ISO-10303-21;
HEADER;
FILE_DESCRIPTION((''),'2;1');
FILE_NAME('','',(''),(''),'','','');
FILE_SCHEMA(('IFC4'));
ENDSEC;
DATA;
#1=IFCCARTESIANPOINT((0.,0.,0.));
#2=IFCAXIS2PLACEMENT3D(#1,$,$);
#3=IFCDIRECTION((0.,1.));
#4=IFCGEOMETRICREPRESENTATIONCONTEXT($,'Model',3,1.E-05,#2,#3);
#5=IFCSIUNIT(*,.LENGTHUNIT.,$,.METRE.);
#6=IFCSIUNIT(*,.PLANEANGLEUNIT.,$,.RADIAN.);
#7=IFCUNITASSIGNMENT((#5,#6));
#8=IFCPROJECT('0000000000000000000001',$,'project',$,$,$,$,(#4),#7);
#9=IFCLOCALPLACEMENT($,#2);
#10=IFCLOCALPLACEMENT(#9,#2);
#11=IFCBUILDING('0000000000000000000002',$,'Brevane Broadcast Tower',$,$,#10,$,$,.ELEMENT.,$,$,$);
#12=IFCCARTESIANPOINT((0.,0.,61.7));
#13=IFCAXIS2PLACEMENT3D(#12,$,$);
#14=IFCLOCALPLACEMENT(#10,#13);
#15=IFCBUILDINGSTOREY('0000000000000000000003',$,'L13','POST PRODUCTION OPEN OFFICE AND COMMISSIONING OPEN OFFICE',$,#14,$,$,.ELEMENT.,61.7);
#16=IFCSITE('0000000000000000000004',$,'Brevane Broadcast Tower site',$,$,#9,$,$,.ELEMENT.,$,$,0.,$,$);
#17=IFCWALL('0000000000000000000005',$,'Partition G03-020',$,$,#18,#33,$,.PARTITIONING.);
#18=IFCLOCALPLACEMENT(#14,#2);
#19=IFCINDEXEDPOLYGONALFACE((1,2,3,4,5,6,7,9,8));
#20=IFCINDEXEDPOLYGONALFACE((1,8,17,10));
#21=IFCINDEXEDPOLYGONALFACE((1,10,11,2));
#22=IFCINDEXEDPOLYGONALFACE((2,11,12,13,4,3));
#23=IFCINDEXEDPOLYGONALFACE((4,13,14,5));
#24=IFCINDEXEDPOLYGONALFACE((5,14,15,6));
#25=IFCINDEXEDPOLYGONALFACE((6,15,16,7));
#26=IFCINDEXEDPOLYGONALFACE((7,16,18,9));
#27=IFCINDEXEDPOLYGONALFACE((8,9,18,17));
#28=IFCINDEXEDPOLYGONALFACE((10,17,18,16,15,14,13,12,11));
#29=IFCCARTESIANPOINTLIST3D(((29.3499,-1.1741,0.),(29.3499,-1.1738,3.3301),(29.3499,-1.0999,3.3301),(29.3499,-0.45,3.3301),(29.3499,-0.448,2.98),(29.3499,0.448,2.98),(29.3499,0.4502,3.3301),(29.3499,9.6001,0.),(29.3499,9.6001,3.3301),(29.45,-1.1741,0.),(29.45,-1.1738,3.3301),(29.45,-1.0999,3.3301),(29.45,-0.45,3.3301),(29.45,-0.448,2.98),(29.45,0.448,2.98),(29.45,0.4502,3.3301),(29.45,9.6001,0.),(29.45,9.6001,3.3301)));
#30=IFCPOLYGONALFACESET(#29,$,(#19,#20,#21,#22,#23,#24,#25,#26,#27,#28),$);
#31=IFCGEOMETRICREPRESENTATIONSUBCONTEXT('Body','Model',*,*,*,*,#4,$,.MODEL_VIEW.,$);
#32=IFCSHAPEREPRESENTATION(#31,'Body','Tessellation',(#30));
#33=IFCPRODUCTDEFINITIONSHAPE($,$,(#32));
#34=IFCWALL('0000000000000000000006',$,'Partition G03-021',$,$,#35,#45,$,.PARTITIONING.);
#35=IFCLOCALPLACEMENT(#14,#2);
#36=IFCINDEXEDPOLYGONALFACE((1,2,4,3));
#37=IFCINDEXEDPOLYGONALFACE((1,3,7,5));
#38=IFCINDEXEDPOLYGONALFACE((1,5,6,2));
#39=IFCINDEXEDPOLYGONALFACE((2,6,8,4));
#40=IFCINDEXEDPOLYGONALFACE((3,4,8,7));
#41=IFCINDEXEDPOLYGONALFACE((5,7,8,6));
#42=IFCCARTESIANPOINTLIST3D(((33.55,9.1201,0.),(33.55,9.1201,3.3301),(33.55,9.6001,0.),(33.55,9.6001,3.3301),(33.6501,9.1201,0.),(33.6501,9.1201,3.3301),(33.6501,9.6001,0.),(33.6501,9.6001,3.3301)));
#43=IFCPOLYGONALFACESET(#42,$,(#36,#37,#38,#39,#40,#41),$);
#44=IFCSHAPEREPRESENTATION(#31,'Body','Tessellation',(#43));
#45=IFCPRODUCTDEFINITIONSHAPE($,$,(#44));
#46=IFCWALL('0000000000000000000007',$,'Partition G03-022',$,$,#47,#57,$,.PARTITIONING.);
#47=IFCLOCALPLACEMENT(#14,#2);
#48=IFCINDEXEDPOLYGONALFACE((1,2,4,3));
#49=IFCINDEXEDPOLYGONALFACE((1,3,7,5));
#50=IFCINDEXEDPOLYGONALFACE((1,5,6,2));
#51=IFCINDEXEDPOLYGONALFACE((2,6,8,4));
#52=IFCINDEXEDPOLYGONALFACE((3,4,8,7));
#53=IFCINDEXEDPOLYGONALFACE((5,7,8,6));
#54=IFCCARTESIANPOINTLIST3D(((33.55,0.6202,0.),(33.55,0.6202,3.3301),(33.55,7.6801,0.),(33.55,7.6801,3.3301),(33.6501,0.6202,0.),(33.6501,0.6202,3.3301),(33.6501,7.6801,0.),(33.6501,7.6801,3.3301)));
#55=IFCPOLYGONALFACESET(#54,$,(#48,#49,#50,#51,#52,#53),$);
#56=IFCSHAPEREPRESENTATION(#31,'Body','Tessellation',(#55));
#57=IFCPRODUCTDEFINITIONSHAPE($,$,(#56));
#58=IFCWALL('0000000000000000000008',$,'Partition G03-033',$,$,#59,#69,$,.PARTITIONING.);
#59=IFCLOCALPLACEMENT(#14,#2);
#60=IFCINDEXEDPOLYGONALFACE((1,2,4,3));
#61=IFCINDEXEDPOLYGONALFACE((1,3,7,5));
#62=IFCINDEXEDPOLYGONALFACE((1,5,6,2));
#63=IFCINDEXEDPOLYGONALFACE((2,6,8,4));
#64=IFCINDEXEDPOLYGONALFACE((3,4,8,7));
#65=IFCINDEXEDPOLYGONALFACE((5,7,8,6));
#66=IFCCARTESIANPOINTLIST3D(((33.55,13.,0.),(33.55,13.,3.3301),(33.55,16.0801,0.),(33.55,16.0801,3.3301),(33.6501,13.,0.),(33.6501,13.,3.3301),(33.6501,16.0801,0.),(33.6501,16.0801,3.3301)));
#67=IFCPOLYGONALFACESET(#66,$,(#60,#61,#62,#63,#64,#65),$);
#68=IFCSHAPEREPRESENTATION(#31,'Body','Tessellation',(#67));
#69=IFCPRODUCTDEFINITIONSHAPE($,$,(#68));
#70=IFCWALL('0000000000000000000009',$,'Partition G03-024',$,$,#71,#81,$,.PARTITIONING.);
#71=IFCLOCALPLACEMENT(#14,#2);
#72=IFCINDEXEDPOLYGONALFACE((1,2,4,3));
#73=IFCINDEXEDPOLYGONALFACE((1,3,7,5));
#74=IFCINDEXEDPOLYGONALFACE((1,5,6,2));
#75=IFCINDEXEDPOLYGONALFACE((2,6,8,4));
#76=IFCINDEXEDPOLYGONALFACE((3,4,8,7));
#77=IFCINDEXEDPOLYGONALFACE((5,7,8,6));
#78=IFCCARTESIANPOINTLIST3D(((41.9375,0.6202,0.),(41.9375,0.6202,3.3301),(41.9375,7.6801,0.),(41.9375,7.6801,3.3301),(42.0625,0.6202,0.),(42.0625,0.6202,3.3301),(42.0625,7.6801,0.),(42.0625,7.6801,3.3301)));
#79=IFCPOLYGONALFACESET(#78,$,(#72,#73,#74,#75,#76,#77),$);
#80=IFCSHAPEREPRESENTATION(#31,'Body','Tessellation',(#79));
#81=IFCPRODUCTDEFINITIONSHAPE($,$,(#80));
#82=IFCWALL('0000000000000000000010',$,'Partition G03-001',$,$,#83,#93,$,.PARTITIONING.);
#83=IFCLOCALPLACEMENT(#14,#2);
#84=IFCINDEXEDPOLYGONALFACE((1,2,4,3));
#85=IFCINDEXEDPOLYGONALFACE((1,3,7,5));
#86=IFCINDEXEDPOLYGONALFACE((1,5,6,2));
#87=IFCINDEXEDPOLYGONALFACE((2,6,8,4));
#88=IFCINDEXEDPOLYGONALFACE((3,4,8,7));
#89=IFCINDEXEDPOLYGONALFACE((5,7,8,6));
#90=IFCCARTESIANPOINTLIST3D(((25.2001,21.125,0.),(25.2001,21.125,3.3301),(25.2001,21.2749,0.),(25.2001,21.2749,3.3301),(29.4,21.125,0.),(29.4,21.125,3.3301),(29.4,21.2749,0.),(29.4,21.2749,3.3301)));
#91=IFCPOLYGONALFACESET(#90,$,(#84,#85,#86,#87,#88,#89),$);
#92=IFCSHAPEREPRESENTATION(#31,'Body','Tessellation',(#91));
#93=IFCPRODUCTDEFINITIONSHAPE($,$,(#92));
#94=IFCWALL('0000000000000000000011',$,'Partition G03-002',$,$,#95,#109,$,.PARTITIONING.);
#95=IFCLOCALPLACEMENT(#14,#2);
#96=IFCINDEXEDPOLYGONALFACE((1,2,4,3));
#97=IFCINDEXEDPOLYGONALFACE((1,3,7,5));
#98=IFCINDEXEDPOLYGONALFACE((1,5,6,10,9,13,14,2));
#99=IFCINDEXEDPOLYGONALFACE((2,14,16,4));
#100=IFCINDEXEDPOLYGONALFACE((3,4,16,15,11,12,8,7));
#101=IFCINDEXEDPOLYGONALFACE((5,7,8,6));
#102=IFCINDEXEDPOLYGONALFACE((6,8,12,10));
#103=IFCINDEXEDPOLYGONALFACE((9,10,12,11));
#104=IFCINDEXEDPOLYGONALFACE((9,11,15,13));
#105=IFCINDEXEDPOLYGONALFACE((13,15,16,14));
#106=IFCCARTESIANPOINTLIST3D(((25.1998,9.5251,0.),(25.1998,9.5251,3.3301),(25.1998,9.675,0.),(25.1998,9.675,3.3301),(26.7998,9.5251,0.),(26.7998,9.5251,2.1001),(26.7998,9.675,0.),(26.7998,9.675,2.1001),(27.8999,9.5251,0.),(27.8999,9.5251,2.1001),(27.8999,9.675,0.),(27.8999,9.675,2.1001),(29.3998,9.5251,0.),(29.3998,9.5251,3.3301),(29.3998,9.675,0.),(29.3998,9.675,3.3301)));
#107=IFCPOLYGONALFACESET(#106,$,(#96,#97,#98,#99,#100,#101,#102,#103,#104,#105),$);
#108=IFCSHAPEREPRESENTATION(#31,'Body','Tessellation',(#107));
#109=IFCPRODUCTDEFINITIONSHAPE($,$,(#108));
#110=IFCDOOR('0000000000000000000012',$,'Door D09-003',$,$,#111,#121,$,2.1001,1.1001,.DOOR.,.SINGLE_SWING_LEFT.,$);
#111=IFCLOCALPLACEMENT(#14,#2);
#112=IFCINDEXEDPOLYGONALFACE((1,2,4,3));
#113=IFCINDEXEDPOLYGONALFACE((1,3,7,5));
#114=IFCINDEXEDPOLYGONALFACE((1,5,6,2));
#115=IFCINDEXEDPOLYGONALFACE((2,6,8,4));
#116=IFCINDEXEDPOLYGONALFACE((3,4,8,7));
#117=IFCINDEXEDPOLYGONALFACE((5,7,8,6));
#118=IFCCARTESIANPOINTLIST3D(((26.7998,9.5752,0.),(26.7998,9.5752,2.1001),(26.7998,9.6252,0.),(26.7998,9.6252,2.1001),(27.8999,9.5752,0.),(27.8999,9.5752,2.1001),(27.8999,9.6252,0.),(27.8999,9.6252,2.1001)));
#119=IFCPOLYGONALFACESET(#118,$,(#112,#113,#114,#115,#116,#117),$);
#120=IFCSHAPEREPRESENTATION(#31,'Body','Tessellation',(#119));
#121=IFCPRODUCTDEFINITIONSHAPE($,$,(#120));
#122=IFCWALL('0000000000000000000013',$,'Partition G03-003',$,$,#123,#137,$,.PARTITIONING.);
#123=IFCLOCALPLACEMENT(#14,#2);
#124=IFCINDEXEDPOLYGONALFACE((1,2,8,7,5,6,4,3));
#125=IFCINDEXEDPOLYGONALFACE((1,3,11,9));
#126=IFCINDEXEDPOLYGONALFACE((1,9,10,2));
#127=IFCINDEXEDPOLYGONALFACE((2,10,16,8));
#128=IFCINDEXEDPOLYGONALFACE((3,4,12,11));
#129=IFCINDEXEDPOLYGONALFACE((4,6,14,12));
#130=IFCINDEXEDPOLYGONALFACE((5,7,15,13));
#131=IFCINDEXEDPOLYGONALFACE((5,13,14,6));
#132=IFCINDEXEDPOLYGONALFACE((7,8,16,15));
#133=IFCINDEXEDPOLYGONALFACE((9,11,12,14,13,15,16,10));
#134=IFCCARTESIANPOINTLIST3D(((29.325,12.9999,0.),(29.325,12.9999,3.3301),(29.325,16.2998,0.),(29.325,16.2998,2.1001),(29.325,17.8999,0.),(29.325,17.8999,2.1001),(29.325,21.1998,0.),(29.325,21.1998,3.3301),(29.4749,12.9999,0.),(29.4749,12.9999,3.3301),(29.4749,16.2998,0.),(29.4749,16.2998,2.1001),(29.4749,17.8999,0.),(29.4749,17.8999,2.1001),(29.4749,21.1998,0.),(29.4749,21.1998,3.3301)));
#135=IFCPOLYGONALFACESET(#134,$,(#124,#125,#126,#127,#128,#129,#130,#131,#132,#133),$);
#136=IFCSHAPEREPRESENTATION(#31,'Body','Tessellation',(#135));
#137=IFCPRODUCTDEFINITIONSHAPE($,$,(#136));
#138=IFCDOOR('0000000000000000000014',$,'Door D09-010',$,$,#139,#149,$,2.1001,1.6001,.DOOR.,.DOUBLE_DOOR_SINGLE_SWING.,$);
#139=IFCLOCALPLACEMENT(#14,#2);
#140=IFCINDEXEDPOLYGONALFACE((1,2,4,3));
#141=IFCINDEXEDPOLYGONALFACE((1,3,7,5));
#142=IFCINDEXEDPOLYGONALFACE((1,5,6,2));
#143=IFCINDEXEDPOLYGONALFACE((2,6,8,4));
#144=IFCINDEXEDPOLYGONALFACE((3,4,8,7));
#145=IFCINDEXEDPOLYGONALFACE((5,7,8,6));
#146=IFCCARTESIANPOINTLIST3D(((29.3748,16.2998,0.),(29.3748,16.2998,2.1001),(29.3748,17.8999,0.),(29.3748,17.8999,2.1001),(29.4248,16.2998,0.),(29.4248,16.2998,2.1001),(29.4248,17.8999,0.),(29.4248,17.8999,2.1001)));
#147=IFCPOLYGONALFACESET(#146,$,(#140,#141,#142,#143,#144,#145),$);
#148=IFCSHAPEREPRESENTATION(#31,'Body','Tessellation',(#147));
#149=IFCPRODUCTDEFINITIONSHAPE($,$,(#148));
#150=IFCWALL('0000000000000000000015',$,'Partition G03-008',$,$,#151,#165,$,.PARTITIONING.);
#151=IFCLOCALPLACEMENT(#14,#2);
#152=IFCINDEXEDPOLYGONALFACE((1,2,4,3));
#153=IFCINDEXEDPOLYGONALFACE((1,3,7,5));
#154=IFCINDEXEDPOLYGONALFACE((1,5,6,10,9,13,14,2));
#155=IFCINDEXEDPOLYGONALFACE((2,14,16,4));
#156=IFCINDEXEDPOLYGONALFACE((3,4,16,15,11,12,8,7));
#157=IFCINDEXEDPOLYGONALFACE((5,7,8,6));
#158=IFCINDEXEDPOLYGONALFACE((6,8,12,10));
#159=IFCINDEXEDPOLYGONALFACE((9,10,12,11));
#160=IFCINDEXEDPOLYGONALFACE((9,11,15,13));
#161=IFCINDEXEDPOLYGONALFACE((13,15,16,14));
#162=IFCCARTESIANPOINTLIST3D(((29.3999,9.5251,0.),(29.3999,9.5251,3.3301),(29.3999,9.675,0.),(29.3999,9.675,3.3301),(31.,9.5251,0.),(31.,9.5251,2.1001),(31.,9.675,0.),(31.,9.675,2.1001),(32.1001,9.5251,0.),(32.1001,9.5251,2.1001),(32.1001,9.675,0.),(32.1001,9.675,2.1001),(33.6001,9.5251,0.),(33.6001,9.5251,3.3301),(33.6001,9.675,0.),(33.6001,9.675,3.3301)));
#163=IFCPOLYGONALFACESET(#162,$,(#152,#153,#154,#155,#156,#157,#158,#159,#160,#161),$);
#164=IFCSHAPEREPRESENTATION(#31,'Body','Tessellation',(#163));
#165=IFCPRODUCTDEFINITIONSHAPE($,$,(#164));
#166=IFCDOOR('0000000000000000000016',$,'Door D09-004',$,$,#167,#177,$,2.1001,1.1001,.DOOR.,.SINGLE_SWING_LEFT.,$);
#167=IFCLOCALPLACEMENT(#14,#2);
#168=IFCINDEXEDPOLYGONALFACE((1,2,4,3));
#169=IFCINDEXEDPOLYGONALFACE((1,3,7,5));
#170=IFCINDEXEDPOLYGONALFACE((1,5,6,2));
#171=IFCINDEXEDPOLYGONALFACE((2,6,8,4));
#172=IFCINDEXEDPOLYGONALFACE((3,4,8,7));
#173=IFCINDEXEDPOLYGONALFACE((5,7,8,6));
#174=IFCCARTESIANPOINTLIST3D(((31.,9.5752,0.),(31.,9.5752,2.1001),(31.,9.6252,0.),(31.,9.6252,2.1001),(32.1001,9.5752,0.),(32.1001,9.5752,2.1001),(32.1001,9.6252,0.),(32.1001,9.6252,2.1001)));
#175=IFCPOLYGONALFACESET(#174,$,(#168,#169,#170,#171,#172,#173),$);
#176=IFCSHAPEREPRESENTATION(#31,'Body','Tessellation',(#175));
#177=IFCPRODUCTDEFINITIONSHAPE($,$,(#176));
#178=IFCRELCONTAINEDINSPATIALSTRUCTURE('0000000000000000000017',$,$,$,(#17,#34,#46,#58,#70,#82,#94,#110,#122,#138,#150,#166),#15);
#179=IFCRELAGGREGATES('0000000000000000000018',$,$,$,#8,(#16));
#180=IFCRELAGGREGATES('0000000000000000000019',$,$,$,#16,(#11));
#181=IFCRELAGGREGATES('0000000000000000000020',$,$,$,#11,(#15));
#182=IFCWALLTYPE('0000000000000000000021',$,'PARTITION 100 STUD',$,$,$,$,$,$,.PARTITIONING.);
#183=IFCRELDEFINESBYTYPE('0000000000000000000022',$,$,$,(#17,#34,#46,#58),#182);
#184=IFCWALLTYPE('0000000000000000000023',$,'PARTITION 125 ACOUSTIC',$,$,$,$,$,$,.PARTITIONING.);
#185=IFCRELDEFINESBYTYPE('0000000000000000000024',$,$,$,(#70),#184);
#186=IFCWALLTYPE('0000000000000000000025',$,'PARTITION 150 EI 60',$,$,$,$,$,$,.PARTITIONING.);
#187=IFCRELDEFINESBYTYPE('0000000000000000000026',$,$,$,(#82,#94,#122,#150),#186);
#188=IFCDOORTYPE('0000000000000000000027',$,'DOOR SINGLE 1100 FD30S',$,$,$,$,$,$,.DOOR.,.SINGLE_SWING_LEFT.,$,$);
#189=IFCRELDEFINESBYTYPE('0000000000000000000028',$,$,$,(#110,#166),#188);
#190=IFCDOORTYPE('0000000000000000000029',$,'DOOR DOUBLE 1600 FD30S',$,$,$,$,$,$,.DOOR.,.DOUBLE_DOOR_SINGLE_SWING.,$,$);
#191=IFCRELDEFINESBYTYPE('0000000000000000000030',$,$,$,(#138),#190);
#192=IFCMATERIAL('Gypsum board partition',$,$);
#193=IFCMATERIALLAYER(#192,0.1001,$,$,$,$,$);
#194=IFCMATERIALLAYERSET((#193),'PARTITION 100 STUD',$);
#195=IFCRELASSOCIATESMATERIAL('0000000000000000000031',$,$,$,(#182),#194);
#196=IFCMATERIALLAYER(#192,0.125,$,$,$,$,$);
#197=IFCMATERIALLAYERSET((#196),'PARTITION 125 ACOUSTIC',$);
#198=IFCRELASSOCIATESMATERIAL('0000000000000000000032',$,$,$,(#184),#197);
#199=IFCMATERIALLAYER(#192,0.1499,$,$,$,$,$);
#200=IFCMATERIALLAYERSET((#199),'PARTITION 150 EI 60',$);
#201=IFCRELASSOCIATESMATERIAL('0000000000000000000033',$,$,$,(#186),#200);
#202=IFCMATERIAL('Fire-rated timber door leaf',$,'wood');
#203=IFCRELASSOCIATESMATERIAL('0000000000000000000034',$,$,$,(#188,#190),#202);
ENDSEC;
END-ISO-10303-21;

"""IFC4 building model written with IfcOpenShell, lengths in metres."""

from ifc_helpers import new_model, si_unit, direction, frame, frame_2d, origin, place, context, subcontext, project, spatial, polyline, rectangle, outline, extrude, material, layer, layer_set, type_object, element, fill, save


model = new_model("IFC4")

# Units and contexts
model_context = context("Model", 3, precision=1e-05, world=origin(), true_north=direction((0.0, 1.0)))
body_context = subcontext(model_context, "Body", "Model", "MODEL_VIEW")
ifc_project = project(units=[si_unit("LENGTHUNIT", "METRE"), si_unit("PLANEANGLEUNIT", "RADIAN")], contexts=[model_context])

# Site, building, storey
site_placement = place(None, origin())
site = spatial("IfcSite", under=ifc_project, at=site_placement, Name="Brevane Broadcast Tower site", CompositionType="ELEMENT", RefElevation=0.0)
building_placement = place(site_placement, origin())
building = spatial("IfcBuilding", under=site, at=building_placement, Name="Brevane Broadcast Tower", CompositionType="ELEMENT")
storey_placement = place(building_placement, frame((0.0, 0.0, 61.7)))
storey = spatial("IfcBuildingStorey", under=building, at=storey_placement, Name="L13", Description="POST PRODUCTION OPEN OFFICE AND COMMISSIONING OPEN OFFICE", CompositionType="ELEMENT", Elevation=61.7)

# Walls
ifc_material_1 = material(Name="Gypsum board partition")
ifc_layer_1 = layer(ifc_material_1, 0.1001)
ifc_layer_set_1 = layer_set([ifc_layer_1], Name="PARTITION 100 STUD")
wall_type_1 = type_object("IfcWallType", Name="PARTITION 100 STUD", PredefinedType="PARTITIONING", material=ifc_layer_set_1)
wall_1_placement = place(storey_placement, frame((29.3999, 9.6001, 0.0), z_axis=(0.0, 0.0, 1.0), x_axis=(0.0, -1.0, 0.0)))
element("IfcWall", 1, at=wall_1_placement, inside=storey, type_object=wall_type_1, Name="Partition G03-020", PredefinedType="PARTITIONING", context=body_context, shape_type="SweptSolid", body=[
    extrude(outline(polyline([(0.0, 0.0), (10.7742, 0.0), (10.7739, 3.3301), (10.7, 3.3301), (10.05, 3.3301), (10.0481, 2.98), (9.1521, 2.98), (9.1499, 3.3301), (0.0, 3.3301), (0.0, 0.0)])), frame((0.0, 0.05, 0.0), z_axis=(0.0, -1.0, 0.0), x_axis=(1.0, 0.0, 0.0)), (0.0, 0.0, 1.0), 0.1001),
])
wall_2_placement = place(storey_placement, frame((33.6001, 9.6001, 0.0), z_axis=(0.0, 0.0, 1.0), x_axis=(0.0, -1.0, 0.0)))
element("IfcWall", 2, at=wall_2_placement, inside=storey, type_object=wall_type_1, Name="Partition G03-021", PredefinedType="PARTITIONING", context=body_context, shape_type="SweptSolid", body=[
    extrude(rectangle(XDim=0.48, YDim=0.1001, at=frame_2d((0.24, 0.0))), origin(), (0.0, 0.0, 1.0), 3.3301),
])
wall_3_placement = place(storey_placement, frame((33.6001, 7.6799, 0.0), z_axis=(0.0, 0.0, 1.0), x_axis=(0.0, -1.0, 0.0)))
element("IfcWall", 3, at=wall_3_placement, inside=storey, type_object=wall_type_1, Name="Partition G03-022", PredefinedType="PARTITIONING", context=body_context, shape_type="SweptSolid", body=[
    extrude(rectangle(XDim=7.0598, YDim=0.1001, at=frame_2d((3.5298, 0.0))), origin(), (0.0, 0.0, 1.0), 3.3301),
])
wall_4_placement = place(storey_placement, frame((33.6001, 16.0801, 0.0), z_axis=(0.0, 0.0, 1.0), x_axis=(0.0, -1.0, 0.0)))
element("IfcWall", 4, at=wall_4_placement, inside=storey, type_object=wall_type_1, Name="Partition G03-033", PredefinedType="PARTITIONING", context=body_context, shape_type="SweptSolid", body=[
    extrude(rectangle(XDim=3.0801, YDim=0.1001, at=frame_2d((1.54, 0.0))), origin(), (0.0, 0.0, 1.0), 3.3301),
])
ifc_layer_2 = layer(ifc_material_1, 0.125)
ifc_layer_set_2 = layer_set([ifc_layer_2], Name="PARTITION 125 ACOUSTIC")
wall_type_2 = type_object("IfcWallType", Name="PARTITION 125 ACOUSTIC", PredefinedType="PARTITIONING", material=ifc_layer_set_2)
wall_5_placement = place(storey_placement, frame((42.0, 7.6799, 0.0), z_axis=(0.0, 0.0, 1.0), x_axis=(0.0, -1.0, 0.0)))
element("IfcWall", 5, at=wall_5_placement, inside=storey, type_object=wall_type_2, Name="Partition G03-024", PredefinedType="PARTITIONING", context=body_context, shape_type="SweptSolid", body=[
    extrude(rectangle(XDim=7.0598, YDim=0.125, at=frame_2d((3.5298, 0.0))), origin(), (0.0, 0.0, 1.0), 3.3301),
])
ifc_layer_3 = layer(ifc_material_1, 0.1499)
ifc_layer_set_3 = layer_set([ifc_layer_3], Name="PARTITION 150 EI 60")
wall_type_3 = type_object("IfcWallType", Name="PARTITION 150 EI 60", PredefinedType="PARTITIONING", material=ifc_layer_set_3)
wall_6_placement = place(storey_placement, frame((25.2, 21.2, 0.0), z_axis=(0.0, 0.0, 1.0), x_axis=(1.0, 0.0, 0.0)))
element("IfcWall", 6, at=wall_6_placement, inside=storey, type_object=wall_type_3, Name="Partition G03-001", PredefinedType="PARTITIONING", context=body_context, shape_type="SweptSolid", body=[
    extrude(rectangle(XDim=4.2, YDim=0.1499, at=frame_2d((2.1001, 0.0))), origin(), (0.0, 0.0, 1.0), 3.3301),
])

# Walls, openings, doors
wall_7_placement = place(storey_placement, frame((29.3999, 9.6001, 0.0), z_axis=(0.0, 0.0, 1.0), x_axis=(-1.0, 0.0, 0.0)))
wall_7 = element("IfcWall", 7, at=wall_7_placement, inside=storey, type_object=wall_type_3, Name="Partition G03-002", PredefinedType="PARTITIONING", context=body_context, shape_type="SweptSolid", body=[
    extrude(rectangle(XDim=4.2, YDim=0.1499, at=frame_2d((2.1001, 0.0))), origin(), (0.0, 0.0, 1.0), 3.3301),
])
opening_1_placement = place(wall_7_placement, frame((1.5, 0.0, 0.0)))
opening_1 = element("IfcOpeningElement", 8, at=opening_1_placement, cuts=wall_7, PredefinedType="OPENING", context=body_context, shape_type="SweptSolid", body=[
    extrude(rectangle(XDim=1.1001, YDim=2.1001, at=frame_2d((0.55, 1.05))), frame((0.0, 0.085, 0.0), z_axis=(0.0, -1.0, 0.0), x_axis=(1.0, 0.0, 0.0)), (0.0, 0.0, 1.0), 0.1699),
])
ifc_material_2 = material(Name="Fire-rated timber door leaf", Category="wood")
door_type_1 = type_object("IfcDoorType", Name="DOOR SINGLE 1100 FD30S", OperationType="SINGLE_SWING_LEFT", PredefinedType="DOOR", material=ifc_material_2)
door_1_placement = place(opening_1_placement, origin())
door_1 = element("IfcDoor", 9, at=door_1_placement, inside=storey, type_object=door_type_1, Name="Door D09-003", OperationType="SINGLE_SWING_LEFT", OverallHeight=2.1001, OverallWidth=1.1001, PredefinedType="DOOR", context=body_context, shape_type="SweptSolid", body=[
    extrude(rectangle(XDim=1.1001, YDim=2.1001, at=frame_2d((0.55, 1.05))), frame((0.0, 0.0249, 0.0), z_axis=(0.0, -1.0, 0.0), x_axis=(1.0, 0.0, 0.0)), (0.0, 0.0, 1.0), 0.05),
])
fill(opening_1, door_1)
wall_8_placement = place(storey_placement, frame((29.3999, 21.2, 0.0), z_axis=(0.0, 0.0, 1.0), x_axis=(0.0, -1.0, 0.0)))
wall_8 = element("IfcWall", 10, at=wall_8_placement, inside=storey, type_object=wall_type_3, Name="Partition G03-003", PredefinedType="PARTITIONING", context=body_context, shape_type="SweptSolid", body=[
    extrude(rectangle(XDim=8.2, YDim=0.1499, at=frame_2d((4.1001, 0.0))), origin(), (0.0, 0.0, 1.0), 3.3301),
])
opening_2_placement = place(wall_8_placement, frame((3.3, 0.0, 0.0)))
opening_2 = element("IfcOpeningElement", 11, at=opening_2_placement, cuts=wall_8, PredefinedType="OPENING", context=body_context, shape_type="SweptSolid", body=[
    extrude(rectangle(XDim=1.6001, YDim=2.1001, at=frame_2d((0.8, 1.05))), frame((0.0, 0.085, 0.0), z_axis=(0.0, -1.0, 0.0), x_axis=(1.0, 0.0, 0.0)), (0.0, 0.0, 1.0), 0.1699),
])
door_type_2 = type_object("IfcDoorType", Name="DOOR DOUBLE 1600 FD30S", OperationType="DOUBLE_DOOR_SINGLE_SWING", PredefinedType="DOOR", material=ifc_material_2)
door_2_placement = place(opening_2_placement, origin())
door_2 = element("IfcDoor", 12, at=door_2_placement, inside=storey, type_object=door_type_2, Name="Door D09-010", OperationType="DOUBLE_DOOR_SINGLE_SWING", OverallHeight=2.1001, OverallWidth=1.6001, PredefinedType="DOOR", context=body_context, shape_type="SweptSolid", body=[
    extrude(rectangle(XDim=1.6001, YDim=2.1001, at=frame_2d((0.8, 1.05))), frame((0.0, 0.0249, 0.0), z_axis=(0.0, -1.0, 0.0), x_axis=(1.0, 0.0, 0.0)), (0.0, 0.0, 1.0), 0.05),
])
fill(opening_2, door_2)
wall_9_placement = place(storey_placement, frame((33.6001, 9.6001, 0.0), z_axis=(0.0, 0.0, 1.0), x_axis=(-1.0, 0.0, 0.0)))
wall_9 = element("IfcWall", 13, at=wall_9_placement, inside=storey, type_object=wall_type_3, Name="Partition G03-008", PredefinedType="PARTITIONING", context=body_context, shape_type="SweptSolid", body=[
    extrude(rectangle(XDim=4.2002, YDim=0.1499, at=frame_2d((2.1001, 0.0))), origin(), (0.0, 0.0, 1.0), 3.3301),
])
opening_3_placement = place(wall_9_placement, frame((1.5, 0.0, 0.0)))
opening_3 = element("IfcOpeningElement", 14, at=opening_3_placement, cuts=wall_9, PredefinedType="OPENING", context=body_context, shape_type="SweptSolid", body=[
    extrude(rectangle(XDim=1.1001, YDim=2.1001, at=frame_2d((0.55, 1.05))), frame((0.0, 0.085, 0.0), z_axis=(0.0, -1.0, 0.0), x_axis=(1.0, 0.0, 0.0)), (0.0, 0.0, 1.0), 0.1699),
])
door_3_placement = place(opening_3_placement, origin())
door_3 = element("IfcDoor", 15, at=door_3_placement, inside=storey, type_object=door_type_1, Name="Door D09-004", OperationType="SINGLE_SWING_LEFT", OverallHeight=2.1001, OverallWidth=1.1001, PredefinedType="DOOR", context=body_context, shape_type="SweptSolid", body=[
    extrude(rectangle(XDim=1.1001, YDim=2.1001, at=frame_2d((0.55, 1.05))), frame((0.0, 0.0249, 0.0), z_axis=(0.0, -1.0, 0.0), x_axis=(1.0, 0.0, 0.0)), (0.0, 0.0, 1.0), 0.05),
])
fill(opening_3, door_3)

save(model, "model.ifc")
